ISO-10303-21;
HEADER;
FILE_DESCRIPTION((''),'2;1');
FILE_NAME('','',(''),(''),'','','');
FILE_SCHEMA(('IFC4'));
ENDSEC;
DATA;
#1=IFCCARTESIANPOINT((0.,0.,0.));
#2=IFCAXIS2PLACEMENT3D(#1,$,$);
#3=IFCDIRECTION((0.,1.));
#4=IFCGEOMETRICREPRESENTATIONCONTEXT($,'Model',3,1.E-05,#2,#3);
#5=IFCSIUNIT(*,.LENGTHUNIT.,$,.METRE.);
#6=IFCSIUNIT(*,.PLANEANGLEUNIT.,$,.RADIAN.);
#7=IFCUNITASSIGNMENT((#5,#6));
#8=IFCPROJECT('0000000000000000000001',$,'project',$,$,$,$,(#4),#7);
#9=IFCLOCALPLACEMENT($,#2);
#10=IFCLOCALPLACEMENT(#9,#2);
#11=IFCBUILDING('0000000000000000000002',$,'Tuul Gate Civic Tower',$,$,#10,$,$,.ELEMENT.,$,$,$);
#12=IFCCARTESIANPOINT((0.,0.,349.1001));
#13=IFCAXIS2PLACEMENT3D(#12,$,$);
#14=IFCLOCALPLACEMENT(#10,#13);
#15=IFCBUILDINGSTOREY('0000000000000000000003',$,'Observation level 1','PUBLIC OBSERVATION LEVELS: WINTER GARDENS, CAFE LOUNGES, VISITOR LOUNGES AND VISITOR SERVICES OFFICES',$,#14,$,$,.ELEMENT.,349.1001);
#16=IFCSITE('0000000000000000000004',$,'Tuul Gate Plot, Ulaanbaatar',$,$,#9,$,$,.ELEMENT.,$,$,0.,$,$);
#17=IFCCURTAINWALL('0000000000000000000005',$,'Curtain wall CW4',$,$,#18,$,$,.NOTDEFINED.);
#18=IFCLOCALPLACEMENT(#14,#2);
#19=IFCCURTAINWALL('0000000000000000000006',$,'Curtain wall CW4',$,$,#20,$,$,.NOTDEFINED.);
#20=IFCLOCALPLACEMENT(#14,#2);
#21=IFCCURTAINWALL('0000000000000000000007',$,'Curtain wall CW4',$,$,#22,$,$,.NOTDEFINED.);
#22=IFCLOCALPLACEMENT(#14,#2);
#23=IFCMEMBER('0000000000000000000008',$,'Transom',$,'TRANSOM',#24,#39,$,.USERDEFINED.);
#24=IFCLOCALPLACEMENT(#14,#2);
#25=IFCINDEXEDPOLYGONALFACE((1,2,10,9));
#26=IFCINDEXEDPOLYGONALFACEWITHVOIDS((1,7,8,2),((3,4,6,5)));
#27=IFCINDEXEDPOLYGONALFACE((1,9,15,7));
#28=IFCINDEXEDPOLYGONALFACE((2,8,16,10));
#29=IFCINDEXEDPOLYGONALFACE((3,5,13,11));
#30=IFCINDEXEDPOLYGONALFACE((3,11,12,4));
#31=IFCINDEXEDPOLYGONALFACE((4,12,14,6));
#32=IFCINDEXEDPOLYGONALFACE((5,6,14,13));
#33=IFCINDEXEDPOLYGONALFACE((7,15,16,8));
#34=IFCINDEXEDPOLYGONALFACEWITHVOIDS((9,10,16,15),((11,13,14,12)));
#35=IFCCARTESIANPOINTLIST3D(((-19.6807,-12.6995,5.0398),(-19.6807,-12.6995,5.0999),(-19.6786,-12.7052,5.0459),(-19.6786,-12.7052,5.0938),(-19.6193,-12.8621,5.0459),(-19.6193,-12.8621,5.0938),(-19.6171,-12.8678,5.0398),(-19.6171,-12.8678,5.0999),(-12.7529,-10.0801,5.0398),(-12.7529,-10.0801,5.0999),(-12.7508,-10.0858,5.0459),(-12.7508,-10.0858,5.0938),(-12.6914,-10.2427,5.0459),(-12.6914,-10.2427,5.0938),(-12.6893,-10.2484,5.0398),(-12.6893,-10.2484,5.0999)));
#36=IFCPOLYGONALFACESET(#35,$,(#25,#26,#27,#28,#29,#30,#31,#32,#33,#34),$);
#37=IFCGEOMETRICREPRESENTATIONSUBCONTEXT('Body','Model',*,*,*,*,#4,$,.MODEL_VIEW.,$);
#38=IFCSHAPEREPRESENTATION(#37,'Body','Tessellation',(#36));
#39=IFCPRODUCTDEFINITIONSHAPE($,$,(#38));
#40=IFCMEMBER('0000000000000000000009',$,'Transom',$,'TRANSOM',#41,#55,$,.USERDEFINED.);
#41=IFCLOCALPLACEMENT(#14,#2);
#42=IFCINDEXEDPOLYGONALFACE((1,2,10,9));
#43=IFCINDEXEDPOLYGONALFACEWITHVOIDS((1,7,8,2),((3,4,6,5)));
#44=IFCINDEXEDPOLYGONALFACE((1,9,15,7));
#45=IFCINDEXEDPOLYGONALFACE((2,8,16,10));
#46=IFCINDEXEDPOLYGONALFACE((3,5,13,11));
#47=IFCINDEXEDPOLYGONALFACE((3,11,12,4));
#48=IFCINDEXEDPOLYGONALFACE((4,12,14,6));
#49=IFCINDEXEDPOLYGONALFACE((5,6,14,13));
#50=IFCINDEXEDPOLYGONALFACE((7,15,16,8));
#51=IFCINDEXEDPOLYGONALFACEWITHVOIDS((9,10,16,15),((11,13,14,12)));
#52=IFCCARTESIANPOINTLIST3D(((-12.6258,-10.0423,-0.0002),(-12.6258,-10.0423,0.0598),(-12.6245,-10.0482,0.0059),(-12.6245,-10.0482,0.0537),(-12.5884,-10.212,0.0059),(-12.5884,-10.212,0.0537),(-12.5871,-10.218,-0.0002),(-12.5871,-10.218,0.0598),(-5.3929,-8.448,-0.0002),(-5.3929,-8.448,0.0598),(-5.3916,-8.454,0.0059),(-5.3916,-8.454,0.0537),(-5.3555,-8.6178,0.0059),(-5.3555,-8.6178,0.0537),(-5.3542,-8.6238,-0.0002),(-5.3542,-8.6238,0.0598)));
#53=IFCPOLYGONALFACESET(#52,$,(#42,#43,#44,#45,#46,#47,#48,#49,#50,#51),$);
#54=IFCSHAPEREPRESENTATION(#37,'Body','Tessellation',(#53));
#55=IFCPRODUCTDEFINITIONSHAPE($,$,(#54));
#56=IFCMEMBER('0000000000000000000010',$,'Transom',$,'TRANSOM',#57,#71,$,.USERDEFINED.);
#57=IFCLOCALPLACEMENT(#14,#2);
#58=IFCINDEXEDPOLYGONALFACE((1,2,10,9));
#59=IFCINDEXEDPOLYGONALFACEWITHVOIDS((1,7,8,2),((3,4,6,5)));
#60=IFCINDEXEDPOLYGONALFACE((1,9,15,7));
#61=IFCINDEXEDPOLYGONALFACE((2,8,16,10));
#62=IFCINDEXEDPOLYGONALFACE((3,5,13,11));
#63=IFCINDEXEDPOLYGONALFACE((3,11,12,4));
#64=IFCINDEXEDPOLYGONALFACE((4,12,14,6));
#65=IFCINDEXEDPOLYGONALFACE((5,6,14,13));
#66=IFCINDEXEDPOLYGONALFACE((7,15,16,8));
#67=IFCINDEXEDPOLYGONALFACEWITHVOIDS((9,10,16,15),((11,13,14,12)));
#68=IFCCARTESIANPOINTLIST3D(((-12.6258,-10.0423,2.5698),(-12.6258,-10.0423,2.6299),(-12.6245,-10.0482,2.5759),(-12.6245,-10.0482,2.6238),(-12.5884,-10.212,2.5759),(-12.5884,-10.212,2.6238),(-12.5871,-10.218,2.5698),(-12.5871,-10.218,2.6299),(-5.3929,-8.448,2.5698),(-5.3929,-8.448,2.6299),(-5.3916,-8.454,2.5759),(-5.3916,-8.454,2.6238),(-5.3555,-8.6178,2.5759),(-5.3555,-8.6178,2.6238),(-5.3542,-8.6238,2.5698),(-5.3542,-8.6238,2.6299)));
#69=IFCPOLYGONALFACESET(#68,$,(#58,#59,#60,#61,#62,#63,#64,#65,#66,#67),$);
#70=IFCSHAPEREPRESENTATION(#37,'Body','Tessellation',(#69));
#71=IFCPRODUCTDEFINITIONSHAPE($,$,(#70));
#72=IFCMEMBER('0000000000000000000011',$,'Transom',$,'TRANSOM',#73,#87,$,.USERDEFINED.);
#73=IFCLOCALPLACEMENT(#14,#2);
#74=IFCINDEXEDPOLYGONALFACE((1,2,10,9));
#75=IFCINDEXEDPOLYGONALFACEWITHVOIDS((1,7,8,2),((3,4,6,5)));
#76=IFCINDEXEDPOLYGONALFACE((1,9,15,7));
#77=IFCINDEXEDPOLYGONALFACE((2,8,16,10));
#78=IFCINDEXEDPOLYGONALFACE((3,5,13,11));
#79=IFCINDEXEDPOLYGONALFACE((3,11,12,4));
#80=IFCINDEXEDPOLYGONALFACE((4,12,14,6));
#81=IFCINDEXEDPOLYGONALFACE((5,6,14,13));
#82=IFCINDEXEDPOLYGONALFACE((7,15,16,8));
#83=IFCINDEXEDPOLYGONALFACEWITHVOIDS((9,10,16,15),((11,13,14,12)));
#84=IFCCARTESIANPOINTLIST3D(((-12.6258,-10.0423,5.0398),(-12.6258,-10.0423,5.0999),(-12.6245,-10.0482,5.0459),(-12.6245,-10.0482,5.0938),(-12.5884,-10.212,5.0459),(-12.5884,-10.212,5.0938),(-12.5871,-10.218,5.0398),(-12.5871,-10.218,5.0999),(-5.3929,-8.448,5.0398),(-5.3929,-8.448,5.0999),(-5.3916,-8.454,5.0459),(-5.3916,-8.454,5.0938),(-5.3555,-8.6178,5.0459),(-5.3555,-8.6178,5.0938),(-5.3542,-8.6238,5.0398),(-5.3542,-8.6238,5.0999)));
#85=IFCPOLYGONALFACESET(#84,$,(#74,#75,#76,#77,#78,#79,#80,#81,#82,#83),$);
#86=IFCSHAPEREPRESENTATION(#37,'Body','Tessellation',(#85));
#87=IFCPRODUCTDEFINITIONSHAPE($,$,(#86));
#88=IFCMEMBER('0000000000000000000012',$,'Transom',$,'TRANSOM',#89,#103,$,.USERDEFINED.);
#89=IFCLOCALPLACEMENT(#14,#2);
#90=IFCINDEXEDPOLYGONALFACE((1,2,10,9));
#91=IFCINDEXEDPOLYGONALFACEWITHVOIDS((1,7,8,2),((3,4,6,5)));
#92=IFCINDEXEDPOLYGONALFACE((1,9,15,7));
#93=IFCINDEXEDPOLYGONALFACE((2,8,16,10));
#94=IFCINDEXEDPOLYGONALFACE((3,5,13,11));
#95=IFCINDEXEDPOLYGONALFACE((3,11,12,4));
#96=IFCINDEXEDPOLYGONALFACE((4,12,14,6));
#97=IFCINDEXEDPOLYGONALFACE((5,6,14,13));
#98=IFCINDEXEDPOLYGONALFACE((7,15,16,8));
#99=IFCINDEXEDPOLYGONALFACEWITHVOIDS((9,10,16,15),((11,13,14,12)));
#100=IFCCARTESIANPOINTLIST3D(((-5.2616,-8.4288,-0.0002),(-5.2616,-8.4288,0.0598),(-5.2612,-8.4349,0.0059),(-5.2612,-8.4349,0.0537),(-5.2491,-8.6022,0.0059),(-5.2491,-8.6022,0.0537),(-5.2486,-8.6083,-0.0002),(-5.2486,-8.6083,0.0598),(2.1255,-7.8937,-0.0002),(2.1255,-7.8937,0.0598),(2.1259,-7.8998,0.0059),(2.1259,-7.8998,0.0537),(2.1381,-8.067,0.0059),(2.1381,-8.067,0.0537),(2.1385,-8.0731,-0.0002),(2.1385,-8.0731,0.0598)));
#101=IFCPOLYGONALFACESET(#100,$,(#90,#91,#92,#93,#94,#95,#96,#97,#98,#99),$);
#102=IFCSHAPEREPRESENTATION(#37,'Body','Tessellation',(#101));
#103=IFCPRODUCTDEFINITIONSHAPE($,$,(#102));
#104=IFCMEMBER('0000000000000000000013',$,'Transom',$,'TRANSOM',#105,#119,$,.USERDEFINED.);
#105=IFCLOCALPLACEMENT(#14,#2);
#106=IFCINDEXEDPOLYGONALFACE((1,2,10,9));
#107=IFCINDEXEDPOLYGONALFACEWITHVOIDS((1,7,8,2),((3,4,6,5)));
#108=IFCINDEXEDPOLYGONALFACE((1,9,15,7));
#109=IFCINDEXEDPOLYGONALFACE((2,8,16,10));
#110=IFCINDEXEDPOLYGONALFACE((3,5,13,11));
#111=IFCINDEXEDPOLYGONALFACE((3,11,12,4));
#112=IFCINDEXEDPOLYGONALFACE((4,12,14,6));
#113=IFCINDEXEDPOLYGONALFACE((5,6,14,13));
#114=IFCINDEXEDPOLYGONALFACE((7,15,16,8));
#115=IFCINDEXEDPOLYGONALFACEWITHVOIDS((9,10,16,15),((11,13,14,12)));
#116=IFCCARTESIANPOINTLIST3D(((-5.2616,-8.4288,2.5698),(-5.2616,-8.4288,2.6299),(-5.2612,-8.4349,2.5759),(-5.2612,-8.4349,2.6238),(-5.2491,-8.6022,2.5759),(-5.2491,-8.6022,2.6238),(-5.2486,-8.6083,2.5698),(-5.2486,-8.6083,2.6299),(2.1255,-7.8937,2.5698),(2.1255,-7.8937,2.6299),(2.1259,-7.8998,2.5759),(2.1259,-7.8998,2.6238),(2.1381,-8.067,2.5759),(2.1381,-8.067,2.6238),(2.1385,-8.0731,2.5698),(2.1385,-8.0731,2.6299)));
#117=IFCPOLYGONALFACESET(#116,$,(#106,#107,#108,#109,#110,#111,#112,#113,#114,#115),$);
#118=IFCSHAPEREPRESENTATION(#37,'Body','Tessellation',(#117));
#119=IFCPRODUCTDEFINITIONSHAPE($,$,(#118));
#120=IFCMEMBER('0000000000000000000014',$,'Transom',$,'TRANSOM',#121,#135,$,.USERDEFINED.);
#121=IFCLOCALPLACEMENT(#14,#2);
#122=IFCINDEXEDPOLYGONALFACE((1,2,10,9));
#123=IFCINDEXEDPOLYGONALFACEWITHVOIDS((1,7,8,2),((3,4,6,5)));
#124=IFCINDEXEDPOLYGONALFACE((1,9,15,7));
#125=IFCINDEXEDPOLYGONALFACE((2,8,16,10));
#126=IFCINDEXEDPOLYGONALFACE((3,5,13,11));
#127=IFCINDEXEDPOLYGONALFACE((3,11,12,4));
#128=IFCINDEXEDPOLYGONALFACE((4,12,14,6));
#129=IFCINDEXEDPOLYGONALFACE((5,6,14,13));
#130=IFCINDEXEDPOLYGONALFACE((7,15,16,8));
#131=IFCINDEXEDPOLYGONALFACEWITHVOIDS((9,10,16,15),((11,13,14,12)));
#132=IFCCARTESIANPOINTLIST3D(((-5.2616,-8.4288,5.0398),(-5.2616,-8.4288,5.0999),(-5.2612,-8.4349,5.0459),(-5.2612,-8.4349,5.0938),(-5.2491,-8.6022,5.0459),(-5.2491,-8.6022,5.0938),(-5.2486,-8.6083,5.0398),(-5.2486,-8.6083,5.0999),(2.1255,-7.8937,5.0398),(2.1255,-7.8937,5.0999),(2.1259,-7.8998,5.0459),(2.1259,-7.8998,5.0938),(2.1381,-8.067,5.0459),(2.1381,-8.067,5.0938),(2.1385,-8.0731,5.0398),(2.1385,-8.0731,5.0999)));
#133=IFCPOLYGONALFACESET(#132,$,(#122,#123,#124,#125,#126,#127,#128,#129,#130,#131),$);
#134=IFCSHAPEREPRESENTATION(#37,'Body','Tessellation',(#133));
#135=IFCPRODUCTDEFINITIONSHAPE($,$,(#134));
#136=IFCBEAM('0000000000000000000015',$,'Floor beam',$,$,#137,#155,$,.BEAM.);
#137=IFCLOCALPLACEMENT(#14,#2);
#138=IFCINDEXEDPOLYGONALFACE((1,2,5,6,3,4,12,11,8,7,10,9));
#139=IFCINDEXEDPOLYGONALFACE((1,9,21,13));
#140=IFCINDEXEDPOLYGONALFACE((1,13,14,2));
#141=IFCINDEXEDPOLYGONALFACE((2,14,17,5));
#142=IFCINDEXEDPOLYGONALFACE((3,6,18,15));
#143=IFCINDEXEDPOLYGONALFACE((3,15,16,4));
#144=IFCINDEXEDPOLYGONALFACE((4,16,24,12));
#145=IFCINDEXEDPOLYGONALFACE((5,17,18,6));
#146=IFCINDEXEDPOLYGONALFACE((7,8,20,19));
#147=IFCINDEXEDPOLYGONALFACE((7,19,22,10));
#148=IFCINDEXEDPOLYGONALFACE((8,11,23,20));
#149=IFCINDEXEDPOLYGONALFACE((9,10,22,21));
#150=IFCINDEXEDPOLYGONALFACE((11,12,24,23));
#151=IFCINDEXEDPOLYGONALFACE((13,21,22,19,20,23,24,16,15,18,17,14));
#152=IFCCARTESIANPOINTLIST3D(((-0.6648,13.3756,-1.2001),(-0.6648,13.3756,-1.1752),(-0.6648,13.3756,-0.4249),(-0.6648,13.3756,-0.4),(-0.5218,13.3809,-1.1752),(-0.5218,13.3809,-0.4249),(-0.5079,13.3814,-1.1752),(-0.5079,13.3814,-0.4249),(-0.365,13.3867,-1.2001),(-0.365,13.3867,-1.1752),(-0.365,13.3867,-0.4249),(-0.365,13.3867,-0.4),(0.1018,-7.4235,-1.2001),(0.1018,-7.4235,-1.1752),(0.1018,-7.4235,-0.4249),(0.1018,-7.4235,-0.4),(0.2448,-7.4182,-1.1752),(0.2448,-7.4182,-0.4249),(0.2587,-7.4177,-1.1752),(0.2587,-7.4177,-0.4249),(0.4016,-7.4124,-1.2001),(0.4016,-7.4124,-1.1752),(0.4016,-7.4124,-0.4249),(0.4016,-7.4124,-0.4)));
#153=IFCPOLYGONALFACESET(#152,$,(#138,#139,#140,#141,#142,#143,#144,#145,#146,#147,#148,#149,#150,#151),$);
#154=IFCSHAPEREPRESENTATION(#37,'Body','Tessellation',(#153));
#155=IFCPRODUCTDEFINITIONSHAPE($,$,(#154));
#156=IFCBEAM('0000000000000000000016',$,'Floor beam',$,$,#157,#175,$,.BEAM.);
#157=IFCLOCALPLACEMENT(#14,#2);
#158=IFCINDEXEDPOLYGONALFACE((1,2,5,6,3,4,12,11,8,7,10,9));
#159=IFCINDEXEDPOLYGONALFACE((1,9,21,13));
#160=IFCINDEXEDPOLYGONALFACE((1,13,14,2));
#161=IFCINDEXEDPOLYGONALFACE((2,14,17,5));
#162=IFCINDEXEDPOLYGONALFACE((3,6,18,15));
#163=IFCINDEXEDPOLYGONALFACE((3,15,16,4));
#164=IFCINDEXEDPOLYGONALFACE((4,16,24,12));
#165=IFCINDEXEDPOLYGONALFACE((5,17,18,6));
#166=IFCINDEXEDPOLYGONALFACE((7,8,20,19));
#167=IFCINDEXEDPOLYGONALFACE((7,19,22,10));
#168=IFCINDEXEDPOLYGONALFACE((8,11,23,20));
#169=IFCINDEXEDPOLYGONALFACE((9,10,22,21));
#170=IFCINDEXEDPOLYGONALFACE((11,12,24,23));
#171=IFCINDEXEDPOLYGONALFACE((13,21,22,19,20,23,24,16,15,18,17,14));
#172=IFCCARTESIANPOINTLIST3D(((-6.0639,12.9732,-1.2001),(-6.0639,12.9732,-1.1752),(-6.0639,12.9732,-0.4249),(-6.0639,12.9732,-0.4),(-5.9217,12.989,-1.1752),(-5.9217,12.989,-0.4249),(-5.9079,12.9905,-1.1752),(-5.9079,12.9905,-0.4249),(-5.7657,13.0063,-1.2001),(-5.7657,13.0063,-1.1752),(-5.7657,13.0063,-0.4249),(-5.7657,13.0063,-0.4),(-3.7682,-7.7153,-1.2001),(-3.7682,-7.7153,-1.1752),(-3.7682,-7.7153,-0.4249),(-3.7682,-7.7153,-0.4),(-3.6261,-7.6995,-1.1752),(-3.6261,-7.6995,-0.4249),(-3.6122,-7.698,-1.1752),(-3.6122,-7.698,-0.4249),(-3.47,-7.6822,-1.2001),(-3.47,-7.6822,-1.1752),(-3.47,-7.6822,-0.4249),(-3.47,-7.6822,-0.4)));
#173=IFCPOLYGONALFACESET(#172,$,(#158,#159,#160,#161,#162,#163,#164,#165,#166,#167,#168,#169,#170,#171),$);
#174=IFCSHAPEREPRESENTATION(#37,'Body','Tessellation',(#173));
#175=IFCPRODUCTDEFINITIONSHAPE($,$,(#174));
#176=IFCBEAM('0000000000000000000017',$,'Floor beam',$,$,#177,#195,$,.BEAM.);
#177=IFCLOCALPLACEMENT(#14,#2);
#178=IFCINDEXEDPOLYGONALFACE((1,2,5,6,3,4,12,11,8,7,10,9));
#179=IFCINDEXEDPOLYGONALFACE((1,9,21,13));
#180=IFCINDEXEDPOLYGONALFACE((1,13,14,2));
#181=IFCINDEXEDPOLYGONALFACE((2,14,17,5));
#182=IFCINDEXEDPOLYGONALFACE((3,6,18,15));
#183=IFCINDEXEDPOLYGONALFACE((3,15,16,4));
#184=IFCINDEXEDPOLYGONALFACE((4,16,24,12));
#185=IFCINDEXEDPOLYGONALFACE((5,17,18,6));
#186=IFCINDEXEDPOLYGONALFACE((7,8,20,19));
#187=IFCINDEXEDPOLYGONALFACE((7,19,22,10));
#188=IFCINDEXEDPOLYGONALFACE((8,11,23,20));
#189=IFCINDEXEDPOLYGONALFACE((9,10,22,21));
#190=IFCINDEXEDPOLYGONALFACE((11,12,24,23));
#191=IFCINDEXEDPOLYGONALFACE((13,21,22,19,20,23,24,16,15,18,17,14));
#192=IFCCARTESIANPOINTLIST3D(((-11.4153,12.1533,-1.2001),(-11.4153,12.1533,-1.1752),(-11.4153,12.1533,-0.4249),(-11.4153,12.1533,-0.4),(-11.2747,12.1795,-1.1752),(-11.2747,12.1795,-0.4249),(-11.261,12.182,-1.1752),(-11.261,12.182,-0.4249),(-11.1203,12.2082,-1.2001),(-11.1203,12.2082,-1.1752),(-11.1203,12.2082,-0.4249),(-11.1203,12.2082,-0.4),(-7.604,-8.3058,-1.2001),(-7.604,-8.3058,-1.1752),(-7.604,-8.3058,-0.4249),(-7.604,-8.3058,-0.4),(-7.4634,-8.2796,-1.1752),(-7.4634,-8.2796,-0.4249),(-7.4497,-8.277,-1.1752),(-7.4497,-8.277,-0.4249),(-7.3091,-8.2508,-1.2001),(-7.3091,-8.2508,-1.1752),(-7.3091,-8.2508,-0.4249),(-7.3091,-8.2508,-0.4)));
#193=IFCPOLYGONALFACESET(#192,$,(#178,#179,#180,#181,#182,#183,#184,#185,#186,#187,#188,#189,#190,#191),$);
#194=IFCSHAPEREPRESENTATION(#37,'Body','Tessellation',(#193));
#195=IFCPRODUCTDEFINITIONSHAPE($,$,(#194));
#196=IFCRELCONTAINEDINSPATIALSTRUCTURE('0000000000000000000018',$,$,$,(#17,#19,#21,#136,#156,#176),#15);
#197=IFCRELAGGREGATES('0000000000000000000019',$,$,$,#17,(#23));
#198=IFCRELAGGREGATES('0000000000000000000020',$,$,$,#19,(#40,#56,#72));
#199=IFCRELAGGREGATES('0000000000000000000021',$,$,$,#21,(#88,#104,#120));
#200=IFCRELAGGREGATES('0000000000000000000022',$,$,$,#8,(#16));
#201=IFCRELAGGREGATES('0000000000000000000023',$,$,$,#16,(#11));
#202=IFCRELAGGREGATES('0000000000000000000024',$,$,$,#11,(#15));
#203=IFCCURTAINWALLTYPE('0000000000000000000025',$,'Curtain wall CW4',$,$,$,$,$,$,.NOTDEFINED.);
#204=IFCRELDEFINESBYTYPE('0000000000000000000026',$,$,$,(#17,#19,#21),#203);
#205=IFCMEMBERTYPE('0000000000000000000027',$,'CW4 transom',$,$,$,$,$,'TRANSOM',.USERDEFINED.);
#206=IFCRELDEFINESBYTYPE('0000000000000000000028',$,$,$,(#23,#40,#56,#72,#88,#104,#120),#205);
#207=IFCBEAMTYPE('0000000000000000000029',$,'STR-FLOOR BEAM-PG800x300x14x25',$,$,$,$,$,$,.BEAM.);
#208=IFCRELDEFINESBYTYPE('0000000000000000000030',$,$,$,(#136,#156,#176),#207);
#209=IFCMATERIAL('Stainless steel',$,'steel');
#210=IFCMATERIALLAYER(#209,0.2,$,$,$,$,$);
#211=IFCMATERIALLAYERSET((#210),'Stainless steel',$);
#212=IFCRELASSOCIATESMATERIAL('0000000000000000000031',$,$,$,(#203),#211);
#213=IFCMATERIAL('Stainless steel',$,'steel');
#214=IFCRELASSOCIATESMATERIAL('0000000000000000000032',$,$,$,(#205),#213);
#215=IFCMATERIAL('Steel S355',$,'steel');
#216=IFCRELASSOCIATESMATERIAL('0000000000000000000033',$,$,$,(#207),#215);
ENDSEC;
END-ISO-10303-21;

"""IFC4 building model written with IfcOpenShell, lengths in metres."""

from ifc_helpers import new_model, si_unit, direction, frame, origin, origin_2d, place, context, subcontext, project, spatial, hollow_rectangle, i_section, extrude, material, layer, layer_set, material_profile, profile_set, type_object, element, aggregate, save


model = new_model("IFC4")

# Units and contexts
model_context = context("Model", 3, precision=1e-05, world=origin(), true_north=direction((0.0, 1.0)))
body_context = subcontext(model_context, "Body", "Model", "MODEL_VIEW")
ifc_project = project(units=[si_unit("LENGTHUNIT", "METRE"), si_unit("PLANEANGLEUNIT", "RADIAN")], contexts=[model_context])

# Site, building, storey
site_placement = place(None, origin())
site = spatial("IfcSite", under=ifc_project, at=site_placement, Name="Tuul Gate Plot, Ulaanbaatar", CompositionType="ELEMENT", RefElevation=0.0)
building_placement = place(site_placement, origin())
building = spatial("IfcBuilding", under=site, at=building_placement, Name="Tuul Gate Civic Tower", CompositionType="ELEMENT")
storey_placement = place(building_placement, frame((0.0, 0.0, 349.1001)))
storey = spatial("IfcBuildingStorey", under=building, at=storey_placement, Name="Observation level 1", Description="PUBLIC OBSERVATION LEVELS: WINTER GARDENS, CAFE LOUNGES, VISITOR LOUNGES AND VISITOR SERVICES OFFICES", CompositionType="ELEMENT", Elevation=349.1001)

# Curtain walls
ifc_material_1 = material(Name="Stainless steel", Category="steel")
ifc_layer_1 = layer(ifc_material_1, 0.2)
ifc_layer_set_1 = layer_set([ifc_layer_1], Name="Stainless steel")
curtain_wall_type = type_object("IfcCurtainWallType", Name="Curtain wall CW4", PredefinedType="NOTDEFINED", material=ifc_layer_set_1)
curtain_wall_1_placement = place(storey_placement, origin())
curtain_wall_1 = element("IfcCurtainWall", 1, at=curtain_wall_1_placement, inside=storey, type_object=curtain_wall_type, Name="Curtain wall CW4", PredefinedType="NOTDEFINED")
curtain_wall_2_placement = place(storey_placement, origin())
curtain_wall_2 = element("IfcCurtainWall", 2, at=curtain_wall_2_placement, inside=storey, type_object=curtain_wall_type, Name="Curtain wall CW4", PredefinedType="NOTDEFINED")
curtain_wall_3_placement = place(storey_placement, origin())
curtain_wall_3 = element("IfcCurtainWall", 3, at=curtain_wall_3_placement, inside=storey, type_object=curtain_wall_type, Name="Curtain wall CW4", PredefinedType="NOTDEFINED")

# Members
ifc_material_2 = material(Name="Stainless steel", Category="steel")
ifc_material_profile_1 = material_profile(ifc_material_2, hollow_rectangle(XDim=0.1799, YDim=0.0601, WallThickness=0.0061, at=origin_2d()), Name="CW4 transom")
ifc_profile_set_1 = profile_set([ifc_material_profile_1], Name="Stainless steel")
member_type_1 = type_object("IfcMemberType", Name="CW4 transom", ElementType="TRANSOM", PredefinedType="USERDEFINED", material=ifc_profile_set_1)
member_1_placement = place(storey_placement, frame((-19.6489, -12.7837, 5.0698), z_axis=(0.935372, 0.353665, 0.0), x_axis=(-0.353665, 0.935372, 0.0)))
member_1 = element("IfcMember", 4, at=member_1_placement, type_object=member_type_1, Name="Transom", ObjectType="TRANSOM", PredefinedType="USERDEFINED", context=body_context, shape_type="SweptSolid", body=[
    extrude(hollow_rectangle(XDim=0.1799, YDim=0.0601, WallThickness=0.0061, at=origin_2d()), origin(), (0.0, 0.0, 1.0), 7.4065),
])
member_2_placement = place(storey_placement, frame((-12.6064, -10.1301, 0.0298), z_axis=(0.976559, 0.215248, 0.0), x_axis=(-0.215248, 0.976559, 0.0)))
member_2 = element("IfcMember", 5, at=member_2_placement, type_object=member_type_1, Name="Transom", ObjectType="TRANSOM", PredefinedType="USERDEFINED", context=body_context, shape_type="SweptSolid", body=[
    extrude(hollow_rectangle(XDim=0.1799, YDim=0.0601, WallThickness=0.0061, at=origin_2d()), origin(), (0.0, 0.0, 1.0), 7.4065),
])
member_3_placement = place(storey_placement, frame((-12.6064, -10.1301, 2.5999), z_axis=(0.976559, 0.215248, 0.0), x_axis=(-0.215248, 0.976559, 0.0)))
member_3 = element("IfcMember", 6, at=member_3_placement, type_object=member_type_1, Name="Transom", ObjectType="TRANSOM", PredefinedType="USERDEFINED", context=body_context, shape_type="SweptSolid", body=[
    extrude(hollow_rectangle(XDim=0.1799, YDim=0.0601, WallThickness=0.0061, at=origin_2d()), origin(), (0.0, 0.0, 1.0), 7.4065),
])
member_4_placement = place(storey_placement, frame((-12.6064, -10.1301, 5.0698), z_axis=(0.976559, 0.215248, 0.0), x_axis=(-0.215248, 0.976559, 0.0)))
member_4 = element("IfcMember", 7, at=member_4_placement, type_object=member_type_1, Name="Transom", ObjectType="TRANSOM", PredefinedType="USERDEFINED", context=body_context, shape_type="SweptSolid", body=[
    extrude(hollow_rectangle(XDim=0.1799, YDim=0.0601, WallThickness=0.0061, at=origin_2d()), origin(), (0.0, 0.0, 1.0), 7.4065),
])
member_5_placement = place(storey_placement, frame((-5.2551, -8.5186, 0.0298), z_axis=(0.997386, 0.072254, 0.0), x_axis=(-0.072254, 0.997386, 0.0)))
member_5 = element("IfcMember", 8, at=member_5_placement, type_object=member_type_1, Name="Transom", ObjectType="TRANSOM", PredefinedType="USERDEFINED", context=body_context, shape_type="SweptSolid", body=[
    extrude(hollow_rectangle(XDim=0.1799, YDim=0.0601, WallThickness=0.0061, at=origin_2d()), origin(), (0.0, 0.0, 1.0), 7.4065),
])
member_6_placement = place(storey_placement, frame((-5.2551, -8.5186, 2.5999), z_axis=(0.997386, 0.072254, 0.0), x_axis=(-0.072254, 0.997386, 0.0)))
member_6 = element("IfcMember", 9, at=member_6_placement, type_object=member_type_1, Name="Transom", ObjectType="TRANSOM", PredefinedType="USERDEFINED", context=body_context, shape_type="SweptSolid", body=[
    extrude(hollow_rectangle(XDim=0.1799, YDim=0.0601, WallThickness=0.0061, at=origin_2d()), origin(), (0.0, 0.0, 1.0), 7.4065),
])
member_7_placement = place(storey_placement, frame((-5.2551, -8.5186, 5.0698), z_axis=(0.997386, 0.072254, 0.0), x_axis=(-0.072254, 0.997386, 0.0)))
member_7 = element("IfcMember", 10, at=member_7_placement, type_object=member_type_1, Name="Transom", ObjectType="TRANSOM", PredefinedType="USERDEFINED", context=body_context, shape_type="SweptSolid", body=[
    extrude(hollow_rectangle(XDim=0.1799, YDim=0.0601, WallThickness=0.0061, at=origin_2d()), origin(), (0.0, 0.0, 1.0), 7.4065),
])

# Beams
ifc_material_3 = material(Name="Steel S355", Category="steel")
ifc_material_profile_2 = material_profile(ifc_material_3, i_section(OverallWidth=0.3, OverallDepth=0.8, WebThickness=0.0139, FlangeThickness=0.0249, at=origin_2d()), Name="PG800x300x14x25")
ifc_profile_set_2 = profile_set([ifc_material_profile_2], Name="Steel S355")
beam_type_1 = type_object("IfcBeamType", Name="STR-FLOOR BEAM-PG800x300x14x25", PredefinedType="BEAM", material=ifc_profile_set_2)
beam_1_placement = place(storey_placement, frame((0.2517, -7.418, -0.8), z_axis=(-0.036832, 0.999321, 0.0), x_axis=(-0.999321, -0.036832, 0.0)))
element("IfcBeam", 11, at=beam_1_placement, inside=storey, type_object=beam_type_1, Name="Floor beam", PredefinedType="BEAM", context=body_context, shape_type="SweptSolid", body=[
    extrude(i_section(OverallWidth=0.3, OverallDepth=0.8, WebThickness=0.0139, FlangeThickness=0.0249, at=origin_2d()), origin(), (0.0, 0.0, 1.0), 20.8132),
])
beam_2_placement = place(storey_placement, frame((-3.6191, -7.6987, -0.8), z_axis=(-0.110286, 0.9939, 0.0), x_axis=(-0.9939, -0.110286, 0.0)))
element("IfcBeam", 12, at=beam_2_placement, inside=storey, type_object=beam_type_1, Name="Floor beam", PredefinedType="BEAM", context=body_context, shape_type="SweptSolid", body=[
    extrude(i_section(OverallWidth=0.3, OverallDepth=0.8, WebThickness=0.0139, FlangeThickness=0.0249, at=origin_2d()), origin(), (0.0, 0.0, 1.0), 20.8154),
])
beam_3_placement = place(storey_placement, frame((-7.4565, -8.2783, -0.8), z_axis=(-0.183138, 0.983087, 0.0), x_axis=(-0.983087, -0.183138, 0.0)))
element("IfcBeam", 13, at=beam_3_placement, inside=storey, type_object=beam_type_1, Name="Floor beam", PredefinedType="BEAM", context=body_context, shape_type="SweptSolid", body=[
    extrude(i_section(OverallWidth=0.3, OverallDepth=0.8, WebThickness=0.0139, FlangeThickness=0.0249, at=origin_2d()), origin(), (0.0, 0.0, 1.0), 20.811),
])

aggregate(curtain_wall_1, [member_1])
aggregate(curtain_wall_2, [member_2, member_3, member_4])
aggregate(curtain_wall_3, [member_5, member_6, member_7])

save(model, "model.ifc")
